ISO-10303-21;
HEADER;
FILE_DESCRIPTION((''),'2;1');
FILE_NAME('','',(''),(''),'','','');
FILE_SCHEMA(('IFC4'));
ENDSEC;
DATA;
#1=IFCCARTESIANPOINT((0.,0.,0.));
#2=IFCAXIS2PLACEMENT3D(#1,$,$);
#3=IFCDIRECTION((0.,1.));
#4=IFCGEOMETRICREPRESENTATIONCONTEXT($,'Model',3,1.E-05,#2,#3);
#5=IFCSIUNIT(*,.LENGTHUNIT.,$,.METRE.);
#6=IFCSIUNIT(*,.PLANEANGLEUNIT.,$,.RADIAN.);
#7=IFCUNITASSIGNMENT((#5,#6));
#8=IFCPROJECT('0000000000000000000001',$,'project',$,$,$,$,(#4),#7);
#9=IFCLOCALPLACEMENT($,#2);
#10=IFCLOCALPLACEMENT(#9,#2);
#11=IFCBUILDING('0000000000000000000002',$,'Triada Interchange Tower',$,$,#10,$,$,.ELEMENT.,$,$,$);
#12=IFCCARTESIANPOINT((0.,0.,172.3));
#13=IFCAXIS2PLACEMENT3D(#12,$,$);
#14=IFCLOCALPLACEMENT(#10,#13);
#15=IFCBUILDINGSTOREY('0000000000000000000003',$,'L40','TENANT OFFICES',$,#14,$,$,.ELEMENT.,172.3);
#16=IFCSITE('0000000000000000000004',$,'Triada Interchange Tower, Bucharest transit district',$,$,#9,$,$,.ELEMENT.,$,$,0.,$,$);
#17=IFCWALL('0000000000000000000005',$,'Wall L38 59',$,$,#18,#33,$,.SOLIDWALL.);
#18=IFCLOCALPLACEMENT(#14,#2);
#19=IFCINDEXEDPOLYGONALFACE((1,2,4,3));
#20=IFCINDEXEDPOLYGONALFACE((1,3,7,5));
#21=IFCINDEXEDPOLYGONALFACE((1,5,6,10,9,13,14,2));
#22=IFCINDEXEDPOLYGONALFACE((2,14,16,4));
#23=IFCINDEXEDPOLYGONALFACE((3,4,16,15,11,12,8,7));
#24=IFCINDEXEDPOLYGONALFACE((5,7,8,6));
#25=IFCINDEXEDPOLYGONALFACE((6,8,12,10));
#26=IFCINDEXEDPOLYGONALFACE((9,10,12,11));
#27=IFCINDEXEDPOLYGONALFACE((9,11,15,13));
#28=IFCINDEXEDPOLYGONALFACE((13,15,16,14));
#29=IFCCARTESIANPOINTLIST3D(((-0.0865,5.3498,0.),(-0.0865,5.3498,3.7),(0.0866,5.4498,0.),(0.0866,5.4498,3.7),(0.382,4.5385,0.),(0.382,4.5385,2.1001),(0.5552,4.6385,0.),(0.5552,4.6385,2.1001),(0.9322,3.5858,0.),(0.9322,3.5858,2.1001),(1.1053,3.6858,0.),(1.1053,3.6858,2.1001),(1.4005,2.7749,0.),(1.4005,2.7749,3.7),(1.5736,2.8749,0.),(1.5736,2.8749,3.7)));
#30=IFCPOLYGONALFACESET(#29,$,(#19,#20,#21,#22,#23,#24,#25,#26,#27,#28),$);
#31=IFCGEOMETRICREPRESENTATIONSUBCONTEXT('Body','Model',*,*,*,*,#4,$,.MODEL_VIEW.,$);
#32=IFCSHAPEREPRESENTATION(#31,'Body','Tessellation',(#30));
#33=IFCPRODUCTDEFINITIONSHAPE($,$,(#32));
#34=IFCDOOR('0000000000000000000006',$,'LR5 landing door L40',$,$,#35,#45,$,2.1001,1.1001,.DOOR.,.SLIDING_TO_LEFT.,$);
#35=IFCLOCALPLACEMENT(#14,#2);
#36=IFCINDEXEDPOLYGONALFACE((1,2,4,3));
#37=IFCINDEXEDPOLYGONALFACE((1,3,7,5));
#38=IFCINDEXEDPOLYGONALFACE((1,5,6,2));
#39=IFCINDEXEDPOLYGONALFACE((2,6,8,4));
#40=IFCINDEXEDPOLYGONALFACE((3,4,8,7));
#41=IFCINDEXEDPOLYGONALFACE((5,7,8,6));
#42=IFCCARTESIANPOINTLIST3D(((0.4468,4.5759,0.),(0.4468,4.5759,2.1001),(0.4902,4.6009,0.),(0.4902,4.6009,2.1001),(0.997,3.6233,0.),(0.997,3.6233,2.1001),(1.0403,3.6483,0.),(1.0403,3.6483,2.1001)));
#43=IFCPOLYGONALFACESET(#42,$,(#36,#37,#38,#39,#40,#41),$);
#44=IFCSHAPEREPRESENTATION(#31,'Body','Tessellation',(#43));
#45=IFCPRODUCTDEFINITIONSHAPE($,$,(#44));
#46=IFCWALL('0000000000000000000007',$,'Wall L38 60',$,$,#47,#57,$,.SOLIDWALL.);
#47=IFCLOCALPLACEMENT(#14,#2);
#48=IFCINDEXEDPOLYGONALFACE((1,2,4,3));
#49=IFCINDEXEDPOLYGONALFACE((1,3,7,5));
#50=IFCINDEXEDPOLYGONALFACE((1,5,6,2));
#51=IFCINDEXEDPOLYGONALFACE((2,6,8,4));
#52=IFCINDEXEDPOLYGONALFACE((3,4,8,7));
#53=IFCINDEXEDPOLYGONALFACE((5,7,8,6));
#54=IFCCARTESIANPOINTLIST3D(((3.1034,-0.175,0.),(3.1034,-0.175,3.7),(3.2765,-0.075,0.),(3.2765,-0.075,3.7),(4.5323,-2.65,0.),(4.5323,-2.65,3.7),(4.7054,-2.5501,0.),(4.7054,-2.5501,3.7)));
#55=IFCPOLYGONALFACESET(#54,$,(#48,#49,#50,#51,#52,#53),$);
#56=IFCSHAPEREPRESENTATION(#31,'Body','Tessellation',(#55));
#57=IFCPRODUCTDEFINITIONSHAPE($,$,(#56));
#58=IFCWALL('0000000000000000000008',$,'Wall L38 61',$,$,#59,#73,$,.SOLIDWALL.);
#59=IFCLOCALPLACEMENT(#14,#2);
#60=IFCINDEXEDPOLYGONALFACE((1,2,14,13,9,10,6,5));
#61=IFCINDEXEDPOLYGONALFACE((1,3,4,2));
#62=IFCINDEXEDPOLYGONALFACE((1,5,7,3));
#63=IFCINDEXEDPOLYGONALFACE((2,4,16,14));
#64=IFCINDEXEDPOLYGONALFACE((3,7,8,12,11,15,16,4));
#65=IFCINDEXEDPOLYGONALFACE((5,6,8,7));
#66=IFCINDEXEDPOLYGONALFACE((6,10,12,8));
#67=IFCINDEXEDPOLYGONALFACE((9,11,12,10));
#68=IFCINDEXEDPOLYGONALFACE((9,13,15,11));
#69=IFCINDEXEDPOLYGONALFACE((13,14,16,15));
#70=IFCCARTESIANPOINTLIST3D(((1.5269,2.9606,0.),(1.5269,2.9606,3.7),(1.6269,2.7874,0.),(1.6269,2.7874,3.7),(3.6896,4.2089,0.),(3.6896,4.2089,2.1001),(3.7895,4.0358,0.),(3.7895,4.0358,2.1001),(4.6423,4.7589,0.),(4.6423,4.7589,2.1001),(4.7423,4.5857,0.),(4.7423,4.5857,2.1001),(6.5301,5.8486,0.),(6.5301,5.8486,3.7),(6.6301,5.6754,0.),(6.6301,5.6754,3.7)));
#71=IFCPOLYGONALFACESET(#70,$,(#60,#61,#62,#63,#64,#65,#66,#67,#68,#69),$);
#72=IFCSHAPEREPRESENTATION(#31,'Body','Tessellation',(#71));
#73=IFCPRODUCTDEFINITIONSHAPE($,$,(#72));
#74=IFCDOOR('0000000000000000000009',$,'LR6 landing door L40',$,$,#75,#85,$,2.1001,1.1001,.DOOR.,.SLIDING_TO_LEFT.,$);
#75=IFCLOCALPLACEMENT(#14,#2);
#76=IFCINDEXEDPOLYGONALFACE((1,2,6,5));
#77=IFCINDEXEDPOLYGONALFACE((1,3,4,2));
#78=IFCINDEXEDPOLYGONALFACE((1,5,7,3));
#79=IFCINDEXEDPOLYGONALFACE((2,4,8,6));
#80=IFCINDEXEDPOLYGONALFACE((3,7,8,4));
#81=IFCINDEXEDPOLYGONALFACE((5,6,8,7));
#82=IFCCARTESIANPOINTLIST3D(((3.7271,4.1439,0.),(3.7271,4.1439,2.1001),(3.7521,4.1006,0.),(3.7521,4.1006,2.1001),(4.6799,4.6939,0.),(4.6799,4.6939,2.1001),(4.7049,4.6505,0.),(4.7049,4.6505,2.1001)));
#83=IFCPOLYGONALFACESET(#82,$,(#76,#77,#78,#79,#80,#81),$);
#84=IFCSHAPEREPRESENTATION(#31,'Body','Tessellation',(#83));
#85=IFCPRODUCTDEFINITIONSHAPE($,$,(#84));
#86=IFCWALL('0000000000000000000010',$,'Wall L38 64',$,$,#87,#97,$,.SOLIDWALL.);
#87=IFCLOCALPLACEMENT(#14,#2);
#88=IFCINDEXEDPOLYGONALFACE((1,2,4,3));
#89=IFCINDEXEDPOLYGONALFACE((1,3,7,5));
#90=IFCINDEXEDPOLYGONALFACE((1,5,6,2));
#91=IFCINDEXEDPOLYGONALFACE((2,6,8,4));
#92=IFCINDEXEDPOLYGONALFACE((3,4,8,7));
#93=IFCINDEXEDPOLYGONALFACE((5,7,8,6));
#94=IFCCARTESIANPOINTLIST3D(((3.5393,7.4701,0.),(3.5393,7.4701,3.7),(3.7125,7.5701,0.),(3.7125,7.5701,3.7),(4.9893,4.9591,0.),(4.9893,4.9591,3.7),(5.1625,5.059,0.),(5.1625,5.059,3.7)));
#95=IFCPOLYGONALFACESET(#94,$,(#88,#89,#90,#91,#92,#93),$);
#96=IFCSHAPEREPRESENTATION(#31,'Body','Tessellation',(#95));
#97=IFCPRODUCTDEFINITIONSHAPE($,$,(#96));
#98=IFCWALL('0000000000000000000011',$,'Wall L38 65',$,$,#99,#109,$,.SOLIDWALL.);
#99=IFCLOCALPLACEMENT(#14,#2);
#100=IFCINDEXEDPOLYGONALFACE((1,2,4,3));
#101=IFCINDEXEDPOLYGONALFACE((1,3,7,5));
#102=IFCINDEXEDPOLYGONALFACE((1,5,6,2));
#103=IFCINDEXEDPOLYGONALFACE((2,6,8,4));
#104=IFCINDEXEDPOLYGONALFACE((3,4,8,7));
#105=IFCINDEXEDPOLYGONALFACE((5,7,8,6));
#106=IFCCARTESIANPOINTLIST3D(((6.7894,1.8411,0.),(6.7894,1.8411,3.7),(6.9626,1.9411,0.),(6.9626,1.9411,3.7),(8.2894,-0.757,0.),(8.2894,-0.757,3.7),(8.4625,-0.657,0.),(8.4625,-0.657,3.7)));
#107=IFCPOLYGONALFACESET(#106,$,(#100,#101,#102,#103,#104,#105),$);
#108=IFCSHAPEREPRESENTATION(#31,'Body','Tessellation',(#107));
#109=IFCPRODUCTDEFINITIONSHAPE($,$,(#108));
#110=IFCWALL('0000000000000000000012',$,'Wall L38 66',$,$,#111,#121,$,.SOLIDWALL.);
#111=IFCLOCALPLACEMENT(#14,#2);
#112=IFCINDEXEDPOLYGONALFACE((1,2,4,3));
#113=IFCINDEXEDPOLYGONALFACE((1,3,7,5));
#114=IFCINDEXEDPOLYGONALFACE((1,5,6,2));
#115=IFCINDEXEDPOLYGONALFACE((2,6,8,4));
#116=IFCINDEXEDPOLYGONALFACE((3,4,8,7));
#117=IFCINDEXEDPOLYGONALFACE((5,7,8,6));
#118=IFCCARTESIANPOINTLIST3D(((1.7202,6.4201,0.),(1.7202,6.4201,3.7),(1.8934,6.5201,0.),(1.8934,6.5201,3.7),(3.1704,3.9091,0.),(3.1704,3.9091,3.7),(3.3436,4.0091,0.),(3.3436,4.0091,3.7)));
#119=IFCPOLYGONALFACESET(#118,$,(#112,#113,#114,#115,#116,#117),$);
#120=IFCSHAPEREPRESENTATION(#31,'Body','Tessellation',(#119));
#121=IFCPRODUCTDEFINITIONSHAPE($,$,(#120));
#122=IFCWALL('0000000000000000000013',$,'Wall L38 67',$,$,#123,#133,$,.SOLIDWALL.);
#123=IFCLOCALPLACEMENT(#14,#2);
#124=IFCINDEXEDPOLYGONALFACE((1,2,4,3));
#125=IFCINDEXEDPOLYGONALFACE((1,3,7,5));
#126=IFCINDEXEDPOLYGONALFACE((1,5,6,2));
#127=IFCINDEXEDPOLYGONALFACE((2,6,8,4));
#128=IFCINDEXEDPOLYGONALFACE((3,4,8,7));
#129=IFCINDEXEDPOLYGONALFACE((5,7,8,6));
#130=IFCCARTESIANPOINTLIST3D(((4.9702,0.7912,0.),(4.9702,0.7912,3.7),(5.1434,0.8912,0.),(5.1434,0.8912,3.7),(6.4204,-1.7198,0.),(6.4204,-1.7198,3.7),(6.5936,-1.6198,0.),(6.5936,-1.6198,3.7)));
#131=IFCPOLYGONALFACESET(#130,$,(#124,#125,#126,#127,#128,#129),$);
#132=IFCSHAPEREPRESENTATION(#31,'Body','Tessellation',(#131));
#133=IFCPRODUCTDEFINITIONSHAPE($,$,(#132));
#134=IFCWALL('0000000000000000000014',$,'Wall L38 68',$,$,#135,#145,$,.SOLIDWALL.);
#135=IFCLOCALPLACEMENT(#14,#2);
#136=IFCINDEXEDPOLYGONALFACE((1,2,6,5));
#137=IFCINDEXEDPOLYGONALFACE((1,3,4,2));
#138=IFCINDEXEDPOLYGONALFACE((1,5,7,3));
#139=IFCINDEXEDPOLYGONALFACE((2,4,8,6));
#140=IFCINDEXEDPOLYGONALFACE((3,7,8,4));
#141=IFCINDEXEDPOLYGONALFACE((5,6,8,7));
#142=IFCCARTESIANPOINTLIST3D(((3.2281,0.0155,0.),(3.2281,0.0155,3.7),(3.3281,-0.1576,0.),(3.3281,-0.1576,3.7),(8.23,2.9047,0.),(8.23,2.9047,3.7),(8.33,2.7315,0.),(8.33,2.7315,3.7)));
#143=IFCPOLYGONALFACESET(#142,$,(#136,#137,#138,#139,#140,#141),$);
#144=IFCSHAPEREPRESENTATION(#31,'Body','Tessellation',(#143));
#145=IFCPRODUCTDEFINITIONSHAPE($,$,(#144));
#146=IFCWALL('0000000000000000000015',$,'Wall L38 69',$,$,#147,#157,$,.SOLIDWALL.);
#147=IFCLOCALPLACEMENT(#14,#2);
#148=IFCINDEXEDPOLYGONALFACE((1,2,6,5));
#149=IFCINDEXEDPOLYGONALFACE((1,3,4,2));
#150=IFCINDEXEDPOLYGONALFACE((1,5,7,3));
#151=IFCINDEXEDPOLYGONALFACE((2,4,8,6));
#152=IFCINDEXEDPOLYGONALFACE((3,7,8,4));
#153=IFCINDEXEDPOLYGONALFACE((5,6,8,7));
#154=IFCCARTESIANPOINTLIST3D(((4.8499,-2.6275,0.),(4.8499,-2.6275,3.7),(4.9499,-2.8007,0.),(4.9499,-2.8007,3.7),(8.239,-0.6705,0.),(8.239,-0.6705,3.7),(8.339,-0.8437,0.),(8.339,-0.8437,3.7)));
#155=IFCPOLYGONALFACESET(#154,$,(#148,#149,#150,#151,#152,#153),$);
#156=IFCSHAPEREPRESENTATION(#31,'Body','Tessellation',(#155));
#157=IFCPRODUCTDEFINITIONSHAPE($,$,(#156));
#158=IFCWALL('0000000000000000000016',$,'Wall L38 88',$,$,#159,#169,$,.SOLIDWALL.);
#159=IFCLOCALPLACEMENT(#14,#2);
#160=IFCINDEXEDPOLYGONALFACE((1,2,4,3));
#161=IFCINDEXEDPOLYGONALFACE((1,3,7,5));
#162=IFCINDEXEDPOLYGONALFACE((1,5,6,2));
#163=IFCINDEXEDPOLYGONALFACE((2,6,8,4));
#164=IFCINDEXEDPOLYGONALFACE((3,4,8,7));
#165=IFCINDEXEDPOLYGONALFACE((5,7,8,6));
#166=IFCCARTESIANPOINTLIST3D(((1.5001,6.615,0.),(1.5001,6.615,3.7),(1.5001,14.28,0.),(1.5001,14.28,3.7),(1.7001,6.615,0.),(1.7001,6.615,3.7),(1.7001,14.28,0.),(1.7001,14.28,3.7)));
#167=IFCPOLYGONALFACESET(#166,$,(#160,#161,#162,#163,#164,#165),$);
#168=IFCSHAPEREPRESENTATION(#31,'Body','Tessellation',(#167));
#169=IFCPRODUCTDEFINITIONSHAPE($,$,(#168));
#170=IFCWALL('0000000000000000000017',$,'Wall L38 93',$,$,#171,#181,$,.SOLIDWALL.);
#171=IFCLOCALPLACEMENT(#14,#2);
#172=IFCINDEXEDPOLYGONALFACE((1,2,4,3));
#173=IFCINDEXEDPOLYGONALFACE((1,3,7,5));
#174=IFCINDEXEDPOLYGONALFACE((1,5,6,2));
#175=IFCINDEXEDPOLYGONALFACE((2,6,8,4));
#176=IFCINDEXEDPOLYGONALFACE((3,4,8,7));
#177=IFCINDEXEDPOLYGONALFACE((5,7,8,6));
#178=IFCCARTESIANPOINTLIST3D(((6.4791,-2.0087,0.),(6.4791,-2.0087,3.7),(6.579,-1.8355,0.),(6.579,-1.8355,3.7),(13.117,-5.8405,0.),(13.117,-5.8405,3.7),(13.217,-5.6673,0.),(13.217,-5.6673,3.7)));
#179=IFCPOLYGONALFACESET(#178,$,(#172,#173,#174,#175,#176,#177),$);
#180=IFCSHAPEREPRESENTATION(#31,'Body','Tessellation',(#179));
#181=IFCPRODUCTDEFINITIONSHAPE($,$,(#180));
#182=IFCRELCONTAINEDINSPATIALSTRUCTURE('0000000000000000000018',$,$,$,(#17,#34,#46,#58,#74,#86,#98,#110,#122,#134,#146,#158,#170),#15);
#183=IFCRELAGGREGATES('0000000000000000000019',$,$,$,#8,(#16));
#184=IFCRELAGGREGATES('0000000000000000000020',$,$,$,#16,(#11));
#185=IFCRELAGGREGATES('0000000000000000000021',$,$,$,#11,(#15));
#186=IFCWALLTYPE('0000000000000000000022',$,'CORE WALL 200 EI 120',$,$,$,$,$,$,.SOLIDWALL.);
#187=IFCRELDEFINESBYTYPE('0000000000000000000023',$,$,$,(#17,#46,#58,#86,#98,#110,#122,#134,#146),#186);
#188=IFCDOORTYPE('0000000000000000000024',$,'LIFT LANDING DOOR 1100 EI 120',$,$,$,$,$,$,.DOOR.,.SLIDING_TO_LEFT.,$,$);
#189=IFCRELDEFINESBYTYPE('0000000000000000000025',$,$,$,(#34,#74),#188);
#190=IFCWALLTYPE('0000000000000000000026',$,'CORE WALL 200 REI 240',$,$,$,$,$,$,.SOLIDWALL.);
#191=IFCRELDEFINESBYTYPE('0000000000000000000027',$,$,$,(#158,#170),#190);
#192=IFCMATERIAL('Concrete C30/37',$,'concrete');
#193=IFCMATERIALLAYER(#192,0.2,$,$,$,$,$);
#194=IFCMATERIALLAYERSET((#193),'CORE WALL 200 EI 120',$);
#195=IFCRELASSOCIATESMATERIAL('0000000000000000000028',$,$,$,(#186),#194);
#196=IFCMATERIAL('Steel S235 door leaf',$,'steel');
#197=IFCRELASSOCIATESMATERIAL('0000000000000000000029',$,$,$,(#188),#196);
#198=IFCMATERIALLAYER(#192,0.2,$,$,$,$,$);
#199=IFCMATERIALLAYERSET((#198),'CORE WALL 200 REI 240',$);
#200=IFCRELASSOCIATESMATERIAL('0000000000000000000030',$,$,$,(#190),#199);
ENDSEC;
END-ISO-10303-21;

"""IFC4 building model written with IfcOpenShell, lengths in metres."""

from ifc_helpers import new_model, si_unit, direction, frame, frame_2d, origin, place, context, subcontext, project, spatial, rectangle, extrude, material, layer, layer_set, type_object, element, fill, save


model = new_model("IFC4")

# Units and contexts
model_context = context("Model", 3, precision=1e-05, world=origin(), true_north=direction((0.0, 1.0)))
body_context = subcontext(model_context, "Body", "Model", "MODEL_VIEW")
ifc_project = project(units=[si_unit("LENGTHUNIT", "METRE"), si_unit("PLANEANGLEUNIT", "RADIAN")], contexts=[model_context])

# Site, building, storey
site_placement = place(None, origin())
site = spatial("IfcSite", under=ifc_project, at=site_placement, Name="Triada Interchange Tower, Bucharest transit district", CompositionType="ELEMENT", RefElevation=0.0)
building_placement = place(site_placement, origin())
building = spatial("IfcBuilding", under=site, at=building_placement, Name="Triada Interchange Tower", CompositionType="ELEMENT")
storey_placement = place(building_placement, frame((0.0, 0.0, 172.3)))
storey = spatial("IfcBuildingStorey", under=building, at=storey_placement, Name="L40", Description="TENANT OFFICES", CompositionType="ELEMENT", Elevation=172.3)

# Wall, opening, door
ifc_material_1 = material(Name="Concrete C30/37", Category="concrete")
ifc_layer_1 = layer(ifc_material_1, 0.2)
ifc_layer_set_1 = layer_set([ifc_layer_1], Name="CORE WALL 200 EI 120")
wall_type_1 = type_object("IfcWallType", Name="CORE WALL 200 EI 120", PredefinedType="SOLIDWALL", material=ifc_layer_set_1)
ifc_material_2 = material(Name="Steel S235 door leaf", Category="steel")
door_type = type_object("IfcDoorType", Name="LIFT LANDING DOOR 1100 EI 120", OperationType="SLIDING_TO_LEFT", PredefinedType="DOOR", material=ifc_material_2)
wall_1_placement = place(storey_placement, frame((0.0, 5.3999, 0.0), z_axis=(0.0, 0.0, 1.0), x_axis=(0.500104, -0.865965, 0.0)))
wall_1 = element("IfcWall", 1, at=wall_1_placement, inside=storey, type_object=wall_type_1, Name="Wall L38 59", PredefinedType="SOLIDWALL", context=body_context, shape_type="SweptSolid", body=[
    extrude(rectangle(XDim=2.9734, YDim=0.2, at=frame_2d((1.4868, 0.0))), origin(), (0.0, 0.0, 1.0), 3.7),
])
opening_1_placement = place(wall_1_placement, frame((0.937, 0.0, 0.0)))
opening_1 = element("IfcOpeningElement", 2, at=opening_1_placement, cuts=wall_1, PredefinedType="OPENING", context=body_context, shape_type="SweptSolid", body=[
    extrude(rectangle(XDim=1.1001, YDim=2.1001, at=frame_2d((0.55, 1.05))), frame((0.0, 0.1099, 0.0), z_axis=(0.0, -1.0, 0.0), x_axis=(1.0, 0.0, 0.0)), (0.0, 0.0, 1.0), 0.22),
])
door_1_placement = place(opening_1_placement, origin())
door_1 = element("IfcDoor", 3, at=door_1_placement, inside=storey, type_object=door_type, Name="LR5 landing door L40", OperationType="SLIDING_TO_LEFT", OverallHeight=2.1001, OverallWidth=1.1001, PredefinedType="DOOR", context=body_context, shape_type="SweptSolid", body=[
    extrude(rectangle(XDim=1.1001, YDim=2.1001, at=frame_2d((0.55, 1.05))), frame((0.0, 0.0249, 0.0), z_axis=(0.0, -1.0, 0.0), x_axis=(1.0, 0.0, 0.0)), (0.0, 0.0, 1.0), 0.05),
])
fill(opening_1, door_1)

# Wall
wall_2_placement = place(storey_placement, frame((3.1899, -0.125, 0.0), z_axis=(0.0, 0.0, 1.0), x_axis=(0.499989, -0.866032, 0.0)))
element("IfcWall", 4, at=wall_2_placement, inside=storey, type_object=wall_type_1, Name="Wall L38 60", PredefinedType="SOLIDWALL", context=body_context, shape_type="SweptSolid", body=[
    extrude(rectangle(XDim=2.8579, YDim=0.2, at=frame_2d((1.429, 0.0))), origin(), (0.0, 0.0, 1.0), 3.7),
])

# Wall, opening, door
wall_3_placement = place(storey_placement, frame((1.5769, 2.874, 0.0), z_axis=(0.0, 0.0, 1.0), x_axis=(0.866074, 0.499916, 0.0)))
wall_3 = element("IfcWall", 5, at=wall_3_placement, inside=storey, type_object=wall_type_1, Name="Wall L38 61", PredefinedType="SOLIDWALL", context=body_context, shape_type="SweptSolid", body=[
    extrude(rectangle(XDim=5.7769, YDim=0.2, at=frame_2d((2.8884, 0.0))), origin(), (0.0, 0.0, 1.0), 3.7),
])
opening_2_placement = place(wall_3_placement, frame((2.4971, 0.0, 0.0)))
opening_2 = element("IfcOpeningElement", 6, at=opening_2_placement, cuts=wall_3, PredefinedType="OPENING", context=body_context, shape_type="SweptSolid", body=[
    extrude(rectangle(XDim=1.1001, YDim=2.1001, at=frame_2d((0.55, 1.05))), frame((0.0, 0.1099, 0.0), z_axis=(0.0, -1.0, 0.0), x_axis=(1.0, 0.0, 0.0)), (0.0, 0.0, 1.0), 0.22),
])
door_2_placement = place(opening_2_placement, origin())
door_2 = element("IfcDoor", 7, at=door_2_placement, inside=storey, type_object=door_type, Name="LR6 landing door L40", OperationType="SLIDING_TO_LEFT", OverallHeight=2.1001, OverallWidth=1.1001, PredefinedType="DOOR", context=body_context, shape_type="SweptSolid", body=[
    extrude(rectangle(XDim=1.1001, YDim=2.1001, at=frame_2d((0.55, 1.05))), frame((0.0, 0.0249, 0.0), z_axis=(0.0, -1.0, 0.0), x_axis=(1.0, 0.0, 0.0)), (0.0, 0.0, 1.0), 0.05),
])
fill(opening_2, door_2)

# Walls
wall_4_placement = place(storey_placement, frame((3.626, 7.52, 0.0), z_axis=(0.0, 0.0, 1.0), x_axis=(0.50006, -0.865991, 0.0)))
element("IfcWall", 8, at=wall_4_placement, inside=storey, type_object=wall_type_1, Name="Wall L38 64", PredefinedType="SOLIDWALL", context=body_context, shape_type="SweptSolid", body=[
    extrude(rectangle(XDim=2.8997, YDim=0.2, at=frame_2d((1.4497, 0.0))), origin(), (0.0, 0.0, 1.0), 3.7),
])
wall_5_placement = place(storey_placement, frame((6.876, 1.8911, 0.0), z_axis=(0.0, 0.0, 1.0), x_axis=(0.49999, -0.866031, 0.0)))
element("IfcWall", 9, at=wall_5_placement, inside=storey, type_object=wall_type_1, Name="Wall L38 65", PredefinedType="SOLIDWALL", context=body_context, shape_type="SweptSolid", body=[
    extrude(rectangle(XDim=3.0, YDim=0.2, at=frame_2d((1.5, 0.0))), origin(), (0.0, 0.0, 1.0), 3.7),
])
for number, where, z_axis, x_axis, name in (
    (10, (1.8069, 6.47, 0.0), (0.0, 0.0, 1.0), (0.500123, -0.865954, 0.0), "Wall L38 66"),
    (11, (5.0569, 0.8411, 0.0), (0.0, 0.0, 1.0), (0.500123, -0.865954, 0.0), "Wall L38 67"),
):
    element("IfcWall", number, at=place(storey_placement, frame(where, z_axis=z_axis, x_axis=x_axis)), inside=storey, type_object=wall_type_1, Name=name, PredefinedType="SOLIDWALL", context=body_context, shape_type="SweptSolid", body=[
        extrude(rectangle(XDim=2.8997, YDim=0.2, at=frame_2d((1.4497, 0.0))), origin(), (0.0, 0.0, 1.0), 3.7),
    ])
wall_6_placement = place(storey_placement, frame((3.2781, -0.071, 0.0), z_axis=(0.0, 0.0, 1.0), x_axis=(0.865929, 0.500166, 0.0)))
element("IfcWall", 12, at=wall_6_placement, inside=storey, type_object=wall_type_1, Name="Wall L38 68", PredefinedType="SOLIDWALL", context=body_context, shape_type="SweptSolid", body=[
    extrude(rectangle(XDim=5.7764, YDim=0.2, at=frame_2d((2.8882, 0.0))), origin(), (0.0, 0.0, 1.0), 3.7),
])
wall_7_placement = place(storey_placement, frame((4.8999, -2.7141, 0.0), z_axis=(0.0, 0.0, 1.0), x_axis=(0.865992, 0.500057, 0.0)))
element("IfcWall", 13, at=wall_7_placement, inside=storey, type_object=wall_type_1, Name="Wall L38 69", PredefinedType="SOLIDWALL", context=body_context, shape_type="SweptSolid", body=[
    extrude(rectangle(XDim=3.9136, YDim=0.2, at=frame_2d((1.9568, 0.0))), origin(), (0.0, 0.0, 1.0), 3.7),
])
ifc_layer_2 = layer(ifc_material_1, 0.2)
ifc_layer_set_2 = layer_set([ifc_layer_2], Name="CORE WALL 200 REI 240")
wall_type_2 = type_object("IfcWallType", Name="CORE WALL 200 REI 240", PredefinedType="SOLIDWALL", material=ifc_layer_set_2)
wall_8_placement = place(storey_placement, frame((1.6001, 6.615, 0.0), z_axis=(0.0, 0.0, 1.0), x_axis=(0.0, 1.0, 0.0)))
element("IfcWall", 14, at=wall_8_placement, inside=storey, type_object=wall_type_2, Name="Wall L38 88", PredefinedType="SOLIDWALL", context=body_context, shape_type="SweptSolid", body=[
    extrude(rectangle(XDim=7.665, YDim=0.2, at=frame_2d((3.8325, 0.0))), origin(), (0.0, 0.0, 1.0), 3.7),
])
wall_9_placement = place(storey_placement, frame((6.5291, -1.9221, 0.0), z_axis=(0.0, 0.0, 1.0), x_axis=(0.866061, -0.499938, 0.0)))
element("IfcWall", 15, at=wall_9_placement, inside=storey, type_object=wall_type_2, Name="Wall L38 93", PredefinedType="SOLIDWALL", context=body_context, shape_type="SweptSolid", body=[
    extrude(rectangle(XDim=7.6646, YDim=0.2, at=frame_2d((3.8323, 0.0))), origin(), (0.0, 0.0, 1.0), 3.7),
])

save(model, "model.ifc")
